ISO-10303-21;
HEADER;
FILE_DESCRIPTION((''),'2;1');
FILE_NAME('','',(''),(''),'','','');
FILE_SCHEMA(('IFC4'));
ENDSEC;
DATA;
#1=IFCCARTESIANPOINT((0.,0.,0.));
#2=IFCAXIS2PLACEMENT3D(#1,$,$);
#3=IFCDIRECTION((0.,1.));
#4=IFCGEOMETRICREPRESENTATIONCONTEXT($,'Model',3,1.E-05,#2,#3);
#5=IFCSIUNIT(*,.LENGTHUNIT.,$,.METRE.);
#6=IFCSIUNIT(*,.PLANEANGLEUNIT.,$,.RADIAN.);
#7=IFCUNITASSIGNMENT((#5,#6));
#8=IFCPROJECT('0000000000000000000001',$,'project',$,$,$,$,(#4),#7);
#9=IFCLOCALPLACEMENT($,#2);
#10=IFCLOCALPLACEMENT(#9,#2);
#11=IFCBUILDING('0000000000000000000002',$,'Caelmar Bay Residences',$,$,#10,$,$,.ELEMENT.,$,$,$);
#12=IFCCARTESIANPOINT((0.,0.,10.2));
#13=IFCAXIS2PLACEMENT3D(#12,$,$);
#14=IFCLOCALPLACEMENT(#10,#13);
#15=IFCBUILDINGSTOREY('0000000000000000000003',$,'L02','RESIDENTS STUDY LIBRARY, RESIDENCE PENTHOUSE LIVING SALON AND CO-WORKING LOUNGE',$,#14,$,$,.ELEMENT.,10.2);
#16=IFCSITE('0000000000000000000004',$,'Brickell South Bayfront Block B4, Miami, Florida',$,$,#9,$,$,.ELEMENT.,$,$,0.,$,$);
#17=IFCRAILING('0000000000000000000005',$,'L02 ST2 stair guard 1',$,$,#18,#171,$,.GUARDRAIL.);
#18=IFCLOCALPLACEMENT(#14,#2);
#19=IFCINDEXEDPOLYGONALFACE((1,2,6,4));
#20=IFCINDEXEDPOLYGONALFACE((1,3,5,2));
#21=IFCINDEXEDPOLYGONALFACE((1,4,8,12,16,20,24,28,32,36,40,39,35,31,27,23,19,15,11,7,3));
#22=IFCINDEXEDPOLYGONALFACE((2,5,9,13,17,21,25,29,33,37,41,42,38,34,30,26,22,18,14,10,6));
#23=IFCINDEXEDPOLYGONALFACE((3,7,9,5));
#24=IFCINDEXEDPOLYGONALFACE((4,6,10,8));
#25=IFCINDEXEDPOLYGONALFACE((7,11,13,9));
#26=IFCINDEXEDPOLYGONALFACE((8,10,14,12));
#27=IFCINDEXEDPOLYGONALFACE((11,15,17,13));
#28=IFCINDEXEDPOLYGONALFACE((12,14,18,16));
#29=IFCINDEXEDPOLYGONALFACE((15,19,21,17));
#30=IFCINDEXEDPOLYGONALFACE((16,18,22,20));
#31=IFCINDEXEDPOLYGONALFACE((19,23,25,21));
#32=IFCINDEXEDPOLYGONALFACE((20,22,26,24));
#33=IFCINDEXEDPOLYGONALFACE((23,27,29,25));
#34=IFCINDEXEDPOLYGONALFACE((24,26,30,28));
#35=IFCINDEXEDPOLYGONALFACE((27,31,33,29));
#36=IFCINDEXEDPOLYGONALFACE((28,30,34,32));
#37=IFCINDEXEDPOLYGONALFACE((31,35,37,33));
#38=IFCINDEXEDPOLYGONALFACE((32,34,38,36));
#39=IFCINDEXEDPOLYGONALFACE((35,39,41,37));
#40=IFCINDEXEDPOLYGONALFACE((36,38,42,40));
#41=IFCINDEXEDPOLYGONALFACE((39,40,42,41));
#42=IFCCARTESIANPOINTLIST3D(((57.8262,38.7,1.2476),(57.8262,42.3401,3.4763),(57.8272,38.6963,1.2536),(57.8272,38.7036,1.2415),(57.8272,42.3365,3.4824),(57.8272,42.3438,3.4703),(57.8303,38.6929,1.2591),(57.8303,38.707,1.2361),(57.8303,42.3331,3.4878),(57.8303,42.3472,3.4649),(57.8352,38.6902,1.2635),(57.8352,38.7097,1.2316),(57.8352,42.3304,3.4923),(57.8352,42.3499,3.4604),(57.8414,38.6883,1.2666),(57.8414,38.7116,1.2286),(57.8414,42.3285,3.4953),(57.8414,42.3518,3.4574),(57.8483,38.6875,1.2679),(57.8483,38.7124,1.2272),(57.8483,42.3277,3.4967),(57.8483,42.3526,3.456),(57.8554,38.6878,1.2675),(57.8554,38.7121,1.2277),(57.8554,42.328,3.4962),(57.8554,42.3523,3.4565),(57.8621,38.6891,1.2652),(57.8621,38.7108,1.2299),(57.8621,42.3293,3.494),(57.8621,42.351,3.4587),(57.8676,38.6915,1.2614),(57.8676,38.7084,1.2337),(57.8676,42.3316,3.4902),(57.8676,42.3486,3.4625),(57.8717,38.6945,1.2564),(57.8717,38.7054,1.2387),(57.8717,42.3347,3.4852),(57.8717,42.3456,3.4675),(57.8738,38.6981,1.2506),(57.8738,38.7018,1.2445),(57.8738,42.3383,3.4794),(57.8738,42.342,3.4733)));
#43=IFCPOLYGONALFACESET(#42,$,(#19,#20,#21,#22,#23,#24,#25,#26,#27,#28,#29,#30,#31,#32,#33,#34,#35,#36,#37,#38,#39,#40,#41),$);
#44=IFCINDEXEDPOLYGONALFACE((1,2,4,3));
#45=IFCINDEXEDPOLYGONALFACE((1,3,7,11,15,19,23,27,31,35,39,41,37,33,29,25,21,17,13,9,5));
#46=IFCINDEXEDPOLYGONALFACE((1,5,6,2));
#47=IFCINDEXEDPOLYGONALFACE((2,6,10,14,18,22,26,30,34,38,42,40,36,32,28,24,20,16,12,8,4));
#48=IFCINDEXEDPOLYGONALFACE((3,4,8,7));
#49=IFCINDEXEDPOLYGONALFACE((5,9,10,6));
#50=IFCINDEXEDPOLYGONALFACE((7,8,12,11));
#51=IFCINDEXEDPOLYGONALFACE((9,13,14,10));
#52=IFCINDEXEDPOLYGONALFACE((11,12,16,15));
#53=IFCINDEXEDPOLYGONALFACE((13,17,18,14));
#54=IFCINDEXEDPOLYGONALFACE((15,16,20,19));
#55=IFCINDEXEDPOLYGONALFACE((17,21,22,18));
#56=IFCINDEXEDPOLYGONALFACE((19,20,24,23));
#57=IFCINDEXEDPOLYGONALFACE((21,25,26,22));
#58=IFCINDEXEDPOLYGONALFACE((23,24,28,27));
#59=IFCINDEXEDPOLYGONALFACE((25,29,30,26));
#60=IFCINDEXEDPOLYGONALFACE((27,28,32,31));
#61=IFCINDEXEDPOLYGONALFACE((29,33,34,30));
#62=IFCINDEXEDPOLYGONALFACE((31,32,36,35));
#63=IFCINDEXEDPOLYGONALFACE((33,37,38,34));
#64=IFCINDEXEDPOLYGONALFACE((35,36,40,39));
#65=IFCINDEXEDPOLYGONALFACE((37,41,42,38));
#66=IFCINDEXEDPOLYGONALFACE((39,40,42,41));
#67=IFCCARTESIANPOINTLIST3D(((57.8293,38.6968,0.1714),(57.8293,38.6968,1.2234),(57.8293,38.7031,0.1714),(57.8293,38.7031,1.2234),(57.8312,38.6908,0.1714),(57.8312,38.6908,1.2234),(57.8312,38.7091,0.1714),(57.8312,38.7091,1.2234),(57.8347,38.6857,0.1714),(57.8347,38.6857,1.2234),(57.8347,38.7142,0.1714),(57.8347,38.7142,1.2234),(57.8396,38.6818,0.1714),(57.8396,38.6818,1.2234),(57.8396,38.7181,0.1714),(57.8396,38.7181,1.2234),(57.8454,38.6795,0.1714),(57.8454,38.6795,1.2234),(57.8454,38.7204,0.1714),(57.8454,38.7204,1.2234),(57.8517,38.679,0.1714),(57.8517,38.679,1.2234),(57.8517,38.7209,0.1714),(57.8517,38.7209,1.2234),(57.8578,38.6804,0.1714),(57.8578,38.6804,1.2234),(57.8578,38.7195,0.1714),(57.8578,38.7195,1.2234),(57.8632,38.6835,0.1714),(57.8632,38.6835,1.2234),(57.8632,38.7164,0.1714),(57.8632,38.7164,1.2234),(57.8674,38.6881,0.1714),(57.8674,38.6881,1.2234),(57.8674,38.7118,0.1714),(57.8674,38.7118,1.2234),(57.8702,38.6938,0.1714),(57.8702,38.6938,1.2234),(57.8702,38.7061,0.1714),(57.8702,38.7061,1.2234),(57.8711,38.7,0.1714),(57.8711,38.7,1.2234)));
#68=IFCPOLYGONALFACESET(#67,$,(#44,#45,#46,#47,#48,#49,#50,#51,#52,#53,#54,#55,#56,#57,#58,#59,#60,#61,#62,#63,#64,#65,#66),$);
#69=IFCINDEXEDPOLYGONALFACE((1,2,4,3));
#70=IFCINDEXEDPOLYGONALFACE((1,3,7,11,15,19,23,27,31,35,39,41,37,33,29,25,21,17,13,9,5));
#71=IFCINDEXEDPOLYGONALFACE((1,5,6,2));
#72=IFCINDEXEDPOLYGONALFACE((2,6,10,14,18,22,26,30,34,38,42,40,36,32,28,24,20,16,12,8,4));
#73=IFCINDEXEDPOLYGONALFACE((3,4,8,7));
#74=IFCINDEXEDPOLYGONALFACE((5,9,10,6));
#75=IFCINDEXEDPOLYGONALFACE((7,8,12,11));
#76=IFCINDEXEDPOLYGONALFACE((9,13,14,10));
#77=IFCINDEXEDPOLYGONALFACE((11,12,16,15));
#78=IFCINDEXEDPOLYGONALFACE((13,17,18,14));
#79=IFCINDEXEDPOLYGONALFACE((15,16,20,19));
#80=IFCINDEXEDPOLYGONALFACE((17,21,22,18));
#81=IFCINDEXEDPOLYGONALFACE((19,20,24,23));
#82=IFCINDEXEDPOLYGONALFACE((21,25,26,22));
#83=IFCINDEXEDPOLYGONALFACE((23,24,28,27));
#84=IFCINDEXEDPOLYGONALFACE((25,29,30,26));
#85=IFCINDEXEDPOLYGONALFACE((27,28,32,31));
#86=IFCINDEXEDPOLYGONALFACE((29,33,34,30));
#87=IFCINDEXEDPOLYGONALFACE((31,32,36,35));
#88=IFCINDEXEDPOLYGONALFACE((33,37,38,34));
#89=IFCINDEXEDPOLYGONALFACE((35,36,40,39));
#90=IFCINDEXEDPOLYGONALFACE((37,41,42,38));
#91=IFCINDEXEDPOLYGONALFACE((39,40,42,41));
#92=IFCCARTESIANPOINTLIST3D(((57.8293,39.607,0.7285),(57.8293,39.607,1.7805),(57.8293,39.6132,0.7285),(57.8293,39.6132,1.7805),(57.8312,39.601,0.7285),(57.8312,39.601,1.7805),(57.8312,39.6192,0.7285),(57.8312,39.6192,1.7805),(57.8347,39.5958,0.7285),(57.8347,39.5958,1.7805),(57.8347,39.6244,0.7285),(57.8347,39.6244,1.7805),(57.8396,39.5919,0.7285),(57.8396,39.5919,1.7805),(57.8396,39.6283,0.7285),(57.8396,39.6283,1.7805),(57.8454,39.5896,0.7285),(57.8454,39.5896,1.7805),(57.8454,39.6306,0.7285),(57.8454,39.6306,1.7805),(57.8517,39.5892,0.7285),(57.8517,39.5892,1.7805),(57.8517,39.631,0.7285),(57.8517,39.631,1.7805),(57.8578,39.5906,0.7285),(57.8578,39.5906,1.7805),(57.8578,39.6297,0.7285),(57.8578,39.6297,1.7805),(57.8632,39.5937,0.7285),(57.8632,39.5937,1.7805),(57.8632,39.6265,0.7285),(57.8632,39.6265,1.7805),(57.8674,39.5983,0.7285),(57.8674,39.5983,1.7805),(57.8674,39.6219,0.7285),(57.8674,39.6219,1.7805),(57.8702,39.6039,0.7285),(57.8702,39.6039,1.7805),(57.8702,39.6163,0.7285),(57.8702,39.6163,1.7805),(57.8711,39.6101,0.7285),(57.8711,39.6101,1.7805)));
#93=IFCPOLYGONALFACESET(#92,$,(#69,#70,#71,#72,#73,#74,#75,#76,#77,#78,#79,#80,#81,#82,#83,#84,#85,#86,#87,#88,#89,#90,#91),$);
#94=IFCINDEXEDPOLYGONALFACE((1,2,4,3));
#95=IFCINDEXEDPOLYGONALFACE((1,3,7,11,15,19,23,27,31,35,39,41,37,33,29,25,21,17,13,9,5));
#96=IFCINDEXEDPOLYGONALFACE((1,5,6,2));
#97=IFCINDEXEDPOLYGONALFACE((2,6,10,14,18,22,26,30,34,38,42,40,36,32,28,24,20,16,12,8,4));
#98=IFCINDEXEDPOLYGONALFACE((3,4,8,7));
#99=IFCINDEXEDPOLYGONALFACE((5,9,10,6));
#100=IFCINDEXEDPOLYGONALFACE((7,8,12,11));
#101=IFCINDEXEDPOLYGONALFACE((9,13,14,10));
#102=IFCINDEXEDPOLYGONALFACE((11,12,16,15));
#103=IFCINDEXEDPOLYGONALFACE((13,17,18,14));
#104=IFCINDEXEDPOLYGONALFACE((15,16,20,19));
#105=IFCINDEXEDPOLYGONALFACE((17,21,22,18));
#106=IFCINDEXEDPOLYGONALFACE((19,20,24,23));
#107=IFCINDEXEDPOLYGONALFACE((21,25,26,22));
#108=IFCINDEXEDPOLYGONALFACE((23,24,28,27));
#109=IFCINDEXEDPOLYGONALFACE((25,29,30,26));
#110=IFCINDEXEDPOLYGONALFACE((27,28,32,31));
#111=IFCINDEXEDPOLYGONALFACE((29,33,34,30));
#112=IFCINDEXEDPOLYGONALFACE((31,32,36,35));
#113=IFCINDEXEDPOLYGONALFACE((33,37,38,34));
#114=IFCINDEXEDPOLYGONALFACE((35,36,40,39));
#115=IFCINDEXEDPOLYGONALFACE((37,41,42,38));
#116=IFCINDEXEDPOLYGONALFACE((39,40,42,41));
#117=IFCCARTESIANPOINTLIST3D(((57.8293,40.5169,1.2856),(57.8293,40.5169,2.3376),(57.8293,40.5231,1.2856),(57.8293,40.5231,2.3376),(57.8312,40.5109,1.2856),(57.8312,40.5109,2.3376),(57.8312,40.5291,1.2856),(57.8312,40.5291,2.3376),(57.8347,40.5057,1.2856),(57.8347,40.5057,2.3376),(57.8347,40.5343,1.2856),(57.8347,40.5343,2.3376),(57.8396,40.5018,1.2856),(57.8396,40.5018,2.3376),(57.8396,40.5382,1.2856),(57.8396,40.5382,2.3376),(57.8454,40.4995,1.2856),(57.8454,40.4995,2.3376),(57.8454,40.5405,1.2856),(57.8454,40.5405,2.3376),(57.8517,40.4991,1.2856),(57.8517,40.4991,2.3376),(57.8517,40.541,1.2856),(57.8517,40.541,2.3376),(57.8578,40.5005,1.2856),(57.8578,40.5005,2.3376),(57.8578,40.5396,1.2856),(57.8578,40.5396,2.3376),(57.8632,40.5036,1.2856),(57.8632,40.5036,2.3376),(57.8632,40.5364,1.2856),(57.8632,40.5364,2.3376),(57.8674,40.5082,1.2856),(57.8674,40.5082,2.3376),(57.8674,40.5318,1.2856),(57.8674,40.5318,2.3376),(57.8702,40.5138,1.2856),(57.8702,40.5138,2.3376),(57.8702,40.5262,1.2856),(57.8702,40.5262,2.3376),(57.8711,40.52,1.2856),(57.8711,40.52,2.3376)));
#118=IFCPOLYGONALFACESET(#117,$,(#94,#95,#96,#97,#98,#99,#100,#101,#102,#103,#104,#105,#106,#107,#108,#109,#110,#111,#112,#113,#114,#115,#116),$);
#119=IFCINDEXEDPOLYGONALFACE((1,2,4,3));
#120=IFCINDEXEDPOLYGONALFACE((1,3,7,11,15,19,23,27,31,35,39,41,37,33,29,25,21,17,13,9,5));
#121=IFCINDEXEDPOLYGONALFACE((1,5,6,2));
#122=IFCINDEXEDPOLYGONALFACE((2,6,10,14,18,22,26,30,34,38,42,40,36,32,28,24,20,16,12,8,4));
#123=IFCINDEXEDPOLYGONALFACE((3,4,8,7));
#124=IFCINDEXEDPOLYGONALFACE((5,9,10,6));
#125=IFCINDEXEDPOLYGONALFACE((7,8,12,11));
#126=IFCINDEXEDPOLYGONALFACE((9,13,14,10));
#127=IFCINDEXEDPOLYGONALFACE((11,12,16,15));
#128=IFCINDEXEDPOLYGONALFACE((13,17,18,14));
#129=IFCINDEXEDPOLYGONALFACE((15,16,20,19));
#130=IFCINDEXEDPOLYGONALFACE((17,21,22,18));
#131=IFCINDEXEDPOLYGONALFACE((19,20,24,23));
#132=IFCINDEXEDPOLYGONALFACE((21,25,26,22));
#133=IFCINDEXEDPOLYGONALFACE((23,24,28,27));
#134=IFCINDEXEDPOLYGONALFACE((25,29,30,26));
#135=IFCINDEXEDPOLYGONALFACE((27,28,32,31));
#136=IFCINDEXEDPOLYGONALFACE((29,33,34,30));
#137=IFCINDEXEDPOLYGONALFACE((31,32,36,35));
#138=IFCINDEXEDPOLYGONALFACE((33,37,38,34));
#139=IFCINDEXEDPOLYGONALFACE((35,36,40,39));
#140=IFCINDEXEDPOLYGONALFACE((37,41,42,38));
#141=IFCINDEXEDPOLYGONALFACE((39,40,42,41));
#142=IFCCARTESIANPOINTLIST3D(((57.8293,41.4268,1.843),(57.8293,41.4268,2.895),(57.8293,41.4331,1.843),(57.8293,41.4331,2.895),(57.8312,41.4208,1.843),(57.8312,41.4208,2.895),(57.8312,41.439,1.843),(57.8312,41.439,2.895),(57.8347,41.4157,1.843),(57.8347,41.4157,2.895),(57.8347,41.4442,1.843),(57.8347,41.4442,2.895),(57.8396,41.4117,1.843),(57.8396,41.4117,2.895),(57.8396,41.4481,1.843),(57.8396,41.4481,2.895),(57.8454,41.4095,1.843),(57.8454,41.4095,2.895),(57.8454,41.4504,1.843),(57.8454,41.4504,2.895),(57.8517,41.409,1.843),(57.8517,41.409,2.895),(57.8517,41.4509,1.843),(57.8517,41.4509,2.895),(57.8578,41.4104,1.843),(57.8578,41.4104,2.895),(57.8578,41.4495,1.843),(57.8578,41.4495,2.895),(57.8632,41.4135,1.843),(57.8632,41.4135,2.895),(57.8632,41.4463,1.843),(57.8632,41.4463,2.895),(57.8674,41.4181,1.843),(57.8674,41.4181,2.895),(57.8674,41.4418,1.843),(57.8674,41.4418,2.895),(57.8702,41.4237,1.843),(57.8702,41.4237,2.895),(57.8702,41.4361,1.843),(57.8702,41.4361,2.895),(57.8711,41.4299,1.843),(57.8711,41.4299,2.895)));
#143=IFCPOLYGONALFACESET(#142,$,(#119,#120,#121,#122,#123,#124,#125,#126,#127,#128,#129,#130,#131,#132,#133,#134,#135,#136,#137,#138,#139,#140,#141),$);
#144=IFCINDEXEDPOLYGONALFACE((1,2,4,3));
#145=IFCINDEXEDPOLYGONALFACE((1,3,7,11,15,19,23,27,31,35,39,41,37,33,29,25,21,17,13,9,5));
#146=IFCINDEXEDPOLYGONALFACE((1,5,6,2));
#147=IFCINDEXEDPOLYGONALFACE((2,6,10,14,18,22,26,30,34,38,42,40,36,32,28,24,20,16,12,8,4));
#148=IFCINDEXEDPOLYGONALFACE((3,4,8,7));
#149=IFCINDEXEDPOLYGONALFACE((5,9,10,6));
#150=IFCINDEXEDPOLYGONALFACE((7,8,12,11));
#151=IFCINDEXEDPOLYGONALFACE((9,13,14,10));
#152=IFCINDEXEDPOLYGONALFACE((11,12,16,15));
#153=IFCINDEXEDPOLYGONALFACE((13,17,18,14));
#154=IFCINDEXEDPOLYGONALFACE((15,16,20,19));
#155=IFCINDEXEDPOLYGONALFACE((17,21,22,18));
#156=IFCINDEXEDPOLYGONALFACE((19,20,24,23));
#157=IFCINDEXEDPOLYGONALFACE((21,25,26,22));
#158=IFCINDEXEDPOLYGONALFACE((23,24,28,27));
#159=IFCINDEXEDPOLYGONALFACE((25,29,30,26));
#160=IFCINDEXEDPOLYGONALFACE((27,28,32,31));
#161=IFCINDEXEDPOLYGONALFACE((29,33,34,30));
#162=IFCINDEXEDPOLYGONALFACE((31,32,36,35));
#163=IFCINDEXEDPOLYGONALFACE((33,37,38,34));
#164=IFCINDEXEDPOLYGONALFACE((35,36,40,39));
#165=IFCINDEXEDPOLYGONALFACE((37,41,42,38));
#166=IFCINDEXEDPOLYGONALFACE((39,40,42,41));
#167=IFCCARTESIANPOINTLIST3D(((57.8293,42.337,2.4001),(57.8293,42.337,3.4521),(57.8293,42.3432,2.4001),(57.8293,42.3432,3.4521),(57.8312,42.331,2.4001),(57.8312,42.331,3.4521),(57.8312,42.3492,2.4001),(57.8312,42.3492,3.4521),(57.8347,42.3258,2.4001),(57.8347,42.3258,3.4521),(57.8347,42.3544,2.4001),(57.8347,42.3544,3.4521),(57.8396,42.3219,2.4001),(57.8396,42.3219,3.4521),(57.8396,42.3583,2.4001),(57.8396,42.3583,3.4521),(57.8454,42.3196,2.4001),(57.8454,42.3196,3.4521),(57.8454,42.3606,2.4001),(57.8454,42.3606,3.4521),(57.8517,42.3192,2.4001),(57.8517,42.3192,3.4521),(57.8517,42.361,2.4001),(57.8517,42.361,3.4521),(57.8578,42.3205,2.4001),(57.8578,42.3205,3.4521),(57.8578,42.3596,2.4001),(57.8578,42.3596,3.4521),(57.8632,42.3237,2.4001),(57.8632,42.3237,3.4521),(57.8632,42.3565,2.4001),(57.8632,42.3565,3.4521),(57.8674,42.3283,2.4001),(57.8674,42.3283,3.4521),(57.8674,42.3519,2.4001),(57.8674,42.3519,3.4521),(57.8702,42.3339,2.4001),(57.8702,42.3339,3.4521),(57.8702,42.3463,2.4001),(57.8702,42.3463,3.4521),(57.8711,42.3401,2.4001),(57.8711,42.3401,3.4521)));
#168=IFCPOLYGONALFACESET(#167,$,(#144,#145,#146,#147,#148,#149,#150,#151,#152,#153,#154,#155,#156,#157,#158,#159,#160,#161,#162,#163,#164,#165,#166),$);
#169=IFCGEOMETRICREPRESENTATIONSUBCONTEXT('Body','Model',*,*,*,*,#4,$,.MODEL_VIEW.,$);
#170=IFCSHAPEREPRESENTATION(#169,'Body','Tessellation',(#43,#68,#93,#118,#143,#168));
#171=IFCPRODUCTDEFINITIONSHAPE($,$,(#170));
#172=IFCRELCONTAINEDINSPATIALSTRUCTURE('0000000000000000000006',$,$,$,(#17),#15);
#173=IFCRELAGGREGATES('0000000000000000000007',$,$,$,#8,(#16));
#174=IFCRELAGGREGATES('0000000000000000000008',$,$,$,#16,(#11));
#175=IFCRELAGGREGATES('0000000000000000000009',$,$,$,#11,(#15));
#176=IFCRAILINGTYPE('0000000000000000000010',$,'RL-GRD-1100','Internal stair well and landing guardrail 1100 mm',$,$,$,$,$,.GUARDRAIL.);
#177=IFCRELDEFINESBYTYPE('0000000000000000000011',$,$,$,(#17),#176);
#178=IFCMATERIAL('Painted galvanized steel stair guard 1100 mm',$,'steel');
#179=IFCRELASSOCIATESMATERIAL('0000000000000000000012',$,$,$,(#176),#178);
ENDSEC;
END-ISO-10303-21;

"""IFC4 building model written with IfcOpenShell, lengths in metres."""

from ifc_helpers import new_model, si_unit, direction, frame, origin, origin_2d, place, context, subcontext, project, spatial, circle, extrude, material, type_object, element, save


model = new_model("IFC4")

# Units and contexts
model_context = context("Model", 3, precision=1e-05, world=origin(), true_north=direction((0.0, 1.0)))
body_context = subcontext(model_context, "Body", "Model", "MODEL_VIEW")
ifc_project = project(units=[si_unit("LENGTHUNIT", "METRE"), si_unit("PLANEANGLEUNIT", "RADIAN")], contexts=[model_context])

# Site, building, storey
site_placement = place(None, origin())
site = spatial("IfcSite", under=ifc_project, at=site_placement, Name="Brickell South Bayfront Block B4, Miami, Florida", CompositionType="ELEMENT", RefElevation=0.0)
building_placement = place(site_placement, origin())
building = spatial("IfcBuilding", under=site, at=building_placement, Name="Caelmar Bay Residences", CompositionType="ELEMENT")
storey_placement = place(building_placement, frame((0.0, 0.0, 10.2)))
storey = spatial("IfcBuildingStorey", under=building, at=storey_placement, Name="L02", Description="RESIDENTS STUDY LIBRARY, RESIDENCE PENTHOUSE LIVING SALON AND CO-WORKING LOUNGE", CompositionType="ELEMENT", Elevation=10.2)

# Railing
ifc_material_1 = material(Name="Painted galvanized steel stair guard 1100 mm", Category="steel")
railing_type_1 = type_object("IfcRailingType", Name="RL-GRD-1100", Description="Internal stair well and landing guardrail 1100 mm", PredefinedType="GUARDRAIL", material=ifc_material_1)
railing_1_placement = place(storey_placement, frame((57.8501, 38.7, 0.1714)))
element("IfcRailing", 1, at=railing_1_placement, inside=storey, type_object=railing_type_1, Name="L02 ST2 stair guard 1", PredefinedType="GUARDRAIL", context=body_context, shape_type="SweptSolid", body=[
    extrude(circle(Radius=0.0239, at=origin_2d()), frame((0.0, 0.0, 1.0762), z_axis=(0.0, 0.85284, 0.522172), x_axis=(-1.0, 0.0, 0.0)), (0.0, 0.0, 1.0), 4.2683),
    extrude(circle(Radius=0.021, at=origin_2d()), origin(), (0.0, 0.0, 1.0), 1.052),
    extrude(circle(Radius=0.021, at=origin_2d()), frame((0.0, 0.9102, 0.5571)), (0.0, 0.0, 1.0), 1.052),
    extrude(circle(Radius=0.021, at=origin_2d()), frame((0.0, 1.8201, 1.1143)), (0.0, 0.0, 1.0), 1.052),
    extrude(circle(Radius=0.021, at=origin_2d()), frame((0.0, 2.73, 1.6716)), (0.0, 0.0, 1.0), 1.052),
    extrude(circle(Radius=0.021, at=origin_2d()), frame((0.0, 3.6401, 2.2288)), (0.0, 0.0, 1.0), 1.052),
])

save(model, "model.ifc")
